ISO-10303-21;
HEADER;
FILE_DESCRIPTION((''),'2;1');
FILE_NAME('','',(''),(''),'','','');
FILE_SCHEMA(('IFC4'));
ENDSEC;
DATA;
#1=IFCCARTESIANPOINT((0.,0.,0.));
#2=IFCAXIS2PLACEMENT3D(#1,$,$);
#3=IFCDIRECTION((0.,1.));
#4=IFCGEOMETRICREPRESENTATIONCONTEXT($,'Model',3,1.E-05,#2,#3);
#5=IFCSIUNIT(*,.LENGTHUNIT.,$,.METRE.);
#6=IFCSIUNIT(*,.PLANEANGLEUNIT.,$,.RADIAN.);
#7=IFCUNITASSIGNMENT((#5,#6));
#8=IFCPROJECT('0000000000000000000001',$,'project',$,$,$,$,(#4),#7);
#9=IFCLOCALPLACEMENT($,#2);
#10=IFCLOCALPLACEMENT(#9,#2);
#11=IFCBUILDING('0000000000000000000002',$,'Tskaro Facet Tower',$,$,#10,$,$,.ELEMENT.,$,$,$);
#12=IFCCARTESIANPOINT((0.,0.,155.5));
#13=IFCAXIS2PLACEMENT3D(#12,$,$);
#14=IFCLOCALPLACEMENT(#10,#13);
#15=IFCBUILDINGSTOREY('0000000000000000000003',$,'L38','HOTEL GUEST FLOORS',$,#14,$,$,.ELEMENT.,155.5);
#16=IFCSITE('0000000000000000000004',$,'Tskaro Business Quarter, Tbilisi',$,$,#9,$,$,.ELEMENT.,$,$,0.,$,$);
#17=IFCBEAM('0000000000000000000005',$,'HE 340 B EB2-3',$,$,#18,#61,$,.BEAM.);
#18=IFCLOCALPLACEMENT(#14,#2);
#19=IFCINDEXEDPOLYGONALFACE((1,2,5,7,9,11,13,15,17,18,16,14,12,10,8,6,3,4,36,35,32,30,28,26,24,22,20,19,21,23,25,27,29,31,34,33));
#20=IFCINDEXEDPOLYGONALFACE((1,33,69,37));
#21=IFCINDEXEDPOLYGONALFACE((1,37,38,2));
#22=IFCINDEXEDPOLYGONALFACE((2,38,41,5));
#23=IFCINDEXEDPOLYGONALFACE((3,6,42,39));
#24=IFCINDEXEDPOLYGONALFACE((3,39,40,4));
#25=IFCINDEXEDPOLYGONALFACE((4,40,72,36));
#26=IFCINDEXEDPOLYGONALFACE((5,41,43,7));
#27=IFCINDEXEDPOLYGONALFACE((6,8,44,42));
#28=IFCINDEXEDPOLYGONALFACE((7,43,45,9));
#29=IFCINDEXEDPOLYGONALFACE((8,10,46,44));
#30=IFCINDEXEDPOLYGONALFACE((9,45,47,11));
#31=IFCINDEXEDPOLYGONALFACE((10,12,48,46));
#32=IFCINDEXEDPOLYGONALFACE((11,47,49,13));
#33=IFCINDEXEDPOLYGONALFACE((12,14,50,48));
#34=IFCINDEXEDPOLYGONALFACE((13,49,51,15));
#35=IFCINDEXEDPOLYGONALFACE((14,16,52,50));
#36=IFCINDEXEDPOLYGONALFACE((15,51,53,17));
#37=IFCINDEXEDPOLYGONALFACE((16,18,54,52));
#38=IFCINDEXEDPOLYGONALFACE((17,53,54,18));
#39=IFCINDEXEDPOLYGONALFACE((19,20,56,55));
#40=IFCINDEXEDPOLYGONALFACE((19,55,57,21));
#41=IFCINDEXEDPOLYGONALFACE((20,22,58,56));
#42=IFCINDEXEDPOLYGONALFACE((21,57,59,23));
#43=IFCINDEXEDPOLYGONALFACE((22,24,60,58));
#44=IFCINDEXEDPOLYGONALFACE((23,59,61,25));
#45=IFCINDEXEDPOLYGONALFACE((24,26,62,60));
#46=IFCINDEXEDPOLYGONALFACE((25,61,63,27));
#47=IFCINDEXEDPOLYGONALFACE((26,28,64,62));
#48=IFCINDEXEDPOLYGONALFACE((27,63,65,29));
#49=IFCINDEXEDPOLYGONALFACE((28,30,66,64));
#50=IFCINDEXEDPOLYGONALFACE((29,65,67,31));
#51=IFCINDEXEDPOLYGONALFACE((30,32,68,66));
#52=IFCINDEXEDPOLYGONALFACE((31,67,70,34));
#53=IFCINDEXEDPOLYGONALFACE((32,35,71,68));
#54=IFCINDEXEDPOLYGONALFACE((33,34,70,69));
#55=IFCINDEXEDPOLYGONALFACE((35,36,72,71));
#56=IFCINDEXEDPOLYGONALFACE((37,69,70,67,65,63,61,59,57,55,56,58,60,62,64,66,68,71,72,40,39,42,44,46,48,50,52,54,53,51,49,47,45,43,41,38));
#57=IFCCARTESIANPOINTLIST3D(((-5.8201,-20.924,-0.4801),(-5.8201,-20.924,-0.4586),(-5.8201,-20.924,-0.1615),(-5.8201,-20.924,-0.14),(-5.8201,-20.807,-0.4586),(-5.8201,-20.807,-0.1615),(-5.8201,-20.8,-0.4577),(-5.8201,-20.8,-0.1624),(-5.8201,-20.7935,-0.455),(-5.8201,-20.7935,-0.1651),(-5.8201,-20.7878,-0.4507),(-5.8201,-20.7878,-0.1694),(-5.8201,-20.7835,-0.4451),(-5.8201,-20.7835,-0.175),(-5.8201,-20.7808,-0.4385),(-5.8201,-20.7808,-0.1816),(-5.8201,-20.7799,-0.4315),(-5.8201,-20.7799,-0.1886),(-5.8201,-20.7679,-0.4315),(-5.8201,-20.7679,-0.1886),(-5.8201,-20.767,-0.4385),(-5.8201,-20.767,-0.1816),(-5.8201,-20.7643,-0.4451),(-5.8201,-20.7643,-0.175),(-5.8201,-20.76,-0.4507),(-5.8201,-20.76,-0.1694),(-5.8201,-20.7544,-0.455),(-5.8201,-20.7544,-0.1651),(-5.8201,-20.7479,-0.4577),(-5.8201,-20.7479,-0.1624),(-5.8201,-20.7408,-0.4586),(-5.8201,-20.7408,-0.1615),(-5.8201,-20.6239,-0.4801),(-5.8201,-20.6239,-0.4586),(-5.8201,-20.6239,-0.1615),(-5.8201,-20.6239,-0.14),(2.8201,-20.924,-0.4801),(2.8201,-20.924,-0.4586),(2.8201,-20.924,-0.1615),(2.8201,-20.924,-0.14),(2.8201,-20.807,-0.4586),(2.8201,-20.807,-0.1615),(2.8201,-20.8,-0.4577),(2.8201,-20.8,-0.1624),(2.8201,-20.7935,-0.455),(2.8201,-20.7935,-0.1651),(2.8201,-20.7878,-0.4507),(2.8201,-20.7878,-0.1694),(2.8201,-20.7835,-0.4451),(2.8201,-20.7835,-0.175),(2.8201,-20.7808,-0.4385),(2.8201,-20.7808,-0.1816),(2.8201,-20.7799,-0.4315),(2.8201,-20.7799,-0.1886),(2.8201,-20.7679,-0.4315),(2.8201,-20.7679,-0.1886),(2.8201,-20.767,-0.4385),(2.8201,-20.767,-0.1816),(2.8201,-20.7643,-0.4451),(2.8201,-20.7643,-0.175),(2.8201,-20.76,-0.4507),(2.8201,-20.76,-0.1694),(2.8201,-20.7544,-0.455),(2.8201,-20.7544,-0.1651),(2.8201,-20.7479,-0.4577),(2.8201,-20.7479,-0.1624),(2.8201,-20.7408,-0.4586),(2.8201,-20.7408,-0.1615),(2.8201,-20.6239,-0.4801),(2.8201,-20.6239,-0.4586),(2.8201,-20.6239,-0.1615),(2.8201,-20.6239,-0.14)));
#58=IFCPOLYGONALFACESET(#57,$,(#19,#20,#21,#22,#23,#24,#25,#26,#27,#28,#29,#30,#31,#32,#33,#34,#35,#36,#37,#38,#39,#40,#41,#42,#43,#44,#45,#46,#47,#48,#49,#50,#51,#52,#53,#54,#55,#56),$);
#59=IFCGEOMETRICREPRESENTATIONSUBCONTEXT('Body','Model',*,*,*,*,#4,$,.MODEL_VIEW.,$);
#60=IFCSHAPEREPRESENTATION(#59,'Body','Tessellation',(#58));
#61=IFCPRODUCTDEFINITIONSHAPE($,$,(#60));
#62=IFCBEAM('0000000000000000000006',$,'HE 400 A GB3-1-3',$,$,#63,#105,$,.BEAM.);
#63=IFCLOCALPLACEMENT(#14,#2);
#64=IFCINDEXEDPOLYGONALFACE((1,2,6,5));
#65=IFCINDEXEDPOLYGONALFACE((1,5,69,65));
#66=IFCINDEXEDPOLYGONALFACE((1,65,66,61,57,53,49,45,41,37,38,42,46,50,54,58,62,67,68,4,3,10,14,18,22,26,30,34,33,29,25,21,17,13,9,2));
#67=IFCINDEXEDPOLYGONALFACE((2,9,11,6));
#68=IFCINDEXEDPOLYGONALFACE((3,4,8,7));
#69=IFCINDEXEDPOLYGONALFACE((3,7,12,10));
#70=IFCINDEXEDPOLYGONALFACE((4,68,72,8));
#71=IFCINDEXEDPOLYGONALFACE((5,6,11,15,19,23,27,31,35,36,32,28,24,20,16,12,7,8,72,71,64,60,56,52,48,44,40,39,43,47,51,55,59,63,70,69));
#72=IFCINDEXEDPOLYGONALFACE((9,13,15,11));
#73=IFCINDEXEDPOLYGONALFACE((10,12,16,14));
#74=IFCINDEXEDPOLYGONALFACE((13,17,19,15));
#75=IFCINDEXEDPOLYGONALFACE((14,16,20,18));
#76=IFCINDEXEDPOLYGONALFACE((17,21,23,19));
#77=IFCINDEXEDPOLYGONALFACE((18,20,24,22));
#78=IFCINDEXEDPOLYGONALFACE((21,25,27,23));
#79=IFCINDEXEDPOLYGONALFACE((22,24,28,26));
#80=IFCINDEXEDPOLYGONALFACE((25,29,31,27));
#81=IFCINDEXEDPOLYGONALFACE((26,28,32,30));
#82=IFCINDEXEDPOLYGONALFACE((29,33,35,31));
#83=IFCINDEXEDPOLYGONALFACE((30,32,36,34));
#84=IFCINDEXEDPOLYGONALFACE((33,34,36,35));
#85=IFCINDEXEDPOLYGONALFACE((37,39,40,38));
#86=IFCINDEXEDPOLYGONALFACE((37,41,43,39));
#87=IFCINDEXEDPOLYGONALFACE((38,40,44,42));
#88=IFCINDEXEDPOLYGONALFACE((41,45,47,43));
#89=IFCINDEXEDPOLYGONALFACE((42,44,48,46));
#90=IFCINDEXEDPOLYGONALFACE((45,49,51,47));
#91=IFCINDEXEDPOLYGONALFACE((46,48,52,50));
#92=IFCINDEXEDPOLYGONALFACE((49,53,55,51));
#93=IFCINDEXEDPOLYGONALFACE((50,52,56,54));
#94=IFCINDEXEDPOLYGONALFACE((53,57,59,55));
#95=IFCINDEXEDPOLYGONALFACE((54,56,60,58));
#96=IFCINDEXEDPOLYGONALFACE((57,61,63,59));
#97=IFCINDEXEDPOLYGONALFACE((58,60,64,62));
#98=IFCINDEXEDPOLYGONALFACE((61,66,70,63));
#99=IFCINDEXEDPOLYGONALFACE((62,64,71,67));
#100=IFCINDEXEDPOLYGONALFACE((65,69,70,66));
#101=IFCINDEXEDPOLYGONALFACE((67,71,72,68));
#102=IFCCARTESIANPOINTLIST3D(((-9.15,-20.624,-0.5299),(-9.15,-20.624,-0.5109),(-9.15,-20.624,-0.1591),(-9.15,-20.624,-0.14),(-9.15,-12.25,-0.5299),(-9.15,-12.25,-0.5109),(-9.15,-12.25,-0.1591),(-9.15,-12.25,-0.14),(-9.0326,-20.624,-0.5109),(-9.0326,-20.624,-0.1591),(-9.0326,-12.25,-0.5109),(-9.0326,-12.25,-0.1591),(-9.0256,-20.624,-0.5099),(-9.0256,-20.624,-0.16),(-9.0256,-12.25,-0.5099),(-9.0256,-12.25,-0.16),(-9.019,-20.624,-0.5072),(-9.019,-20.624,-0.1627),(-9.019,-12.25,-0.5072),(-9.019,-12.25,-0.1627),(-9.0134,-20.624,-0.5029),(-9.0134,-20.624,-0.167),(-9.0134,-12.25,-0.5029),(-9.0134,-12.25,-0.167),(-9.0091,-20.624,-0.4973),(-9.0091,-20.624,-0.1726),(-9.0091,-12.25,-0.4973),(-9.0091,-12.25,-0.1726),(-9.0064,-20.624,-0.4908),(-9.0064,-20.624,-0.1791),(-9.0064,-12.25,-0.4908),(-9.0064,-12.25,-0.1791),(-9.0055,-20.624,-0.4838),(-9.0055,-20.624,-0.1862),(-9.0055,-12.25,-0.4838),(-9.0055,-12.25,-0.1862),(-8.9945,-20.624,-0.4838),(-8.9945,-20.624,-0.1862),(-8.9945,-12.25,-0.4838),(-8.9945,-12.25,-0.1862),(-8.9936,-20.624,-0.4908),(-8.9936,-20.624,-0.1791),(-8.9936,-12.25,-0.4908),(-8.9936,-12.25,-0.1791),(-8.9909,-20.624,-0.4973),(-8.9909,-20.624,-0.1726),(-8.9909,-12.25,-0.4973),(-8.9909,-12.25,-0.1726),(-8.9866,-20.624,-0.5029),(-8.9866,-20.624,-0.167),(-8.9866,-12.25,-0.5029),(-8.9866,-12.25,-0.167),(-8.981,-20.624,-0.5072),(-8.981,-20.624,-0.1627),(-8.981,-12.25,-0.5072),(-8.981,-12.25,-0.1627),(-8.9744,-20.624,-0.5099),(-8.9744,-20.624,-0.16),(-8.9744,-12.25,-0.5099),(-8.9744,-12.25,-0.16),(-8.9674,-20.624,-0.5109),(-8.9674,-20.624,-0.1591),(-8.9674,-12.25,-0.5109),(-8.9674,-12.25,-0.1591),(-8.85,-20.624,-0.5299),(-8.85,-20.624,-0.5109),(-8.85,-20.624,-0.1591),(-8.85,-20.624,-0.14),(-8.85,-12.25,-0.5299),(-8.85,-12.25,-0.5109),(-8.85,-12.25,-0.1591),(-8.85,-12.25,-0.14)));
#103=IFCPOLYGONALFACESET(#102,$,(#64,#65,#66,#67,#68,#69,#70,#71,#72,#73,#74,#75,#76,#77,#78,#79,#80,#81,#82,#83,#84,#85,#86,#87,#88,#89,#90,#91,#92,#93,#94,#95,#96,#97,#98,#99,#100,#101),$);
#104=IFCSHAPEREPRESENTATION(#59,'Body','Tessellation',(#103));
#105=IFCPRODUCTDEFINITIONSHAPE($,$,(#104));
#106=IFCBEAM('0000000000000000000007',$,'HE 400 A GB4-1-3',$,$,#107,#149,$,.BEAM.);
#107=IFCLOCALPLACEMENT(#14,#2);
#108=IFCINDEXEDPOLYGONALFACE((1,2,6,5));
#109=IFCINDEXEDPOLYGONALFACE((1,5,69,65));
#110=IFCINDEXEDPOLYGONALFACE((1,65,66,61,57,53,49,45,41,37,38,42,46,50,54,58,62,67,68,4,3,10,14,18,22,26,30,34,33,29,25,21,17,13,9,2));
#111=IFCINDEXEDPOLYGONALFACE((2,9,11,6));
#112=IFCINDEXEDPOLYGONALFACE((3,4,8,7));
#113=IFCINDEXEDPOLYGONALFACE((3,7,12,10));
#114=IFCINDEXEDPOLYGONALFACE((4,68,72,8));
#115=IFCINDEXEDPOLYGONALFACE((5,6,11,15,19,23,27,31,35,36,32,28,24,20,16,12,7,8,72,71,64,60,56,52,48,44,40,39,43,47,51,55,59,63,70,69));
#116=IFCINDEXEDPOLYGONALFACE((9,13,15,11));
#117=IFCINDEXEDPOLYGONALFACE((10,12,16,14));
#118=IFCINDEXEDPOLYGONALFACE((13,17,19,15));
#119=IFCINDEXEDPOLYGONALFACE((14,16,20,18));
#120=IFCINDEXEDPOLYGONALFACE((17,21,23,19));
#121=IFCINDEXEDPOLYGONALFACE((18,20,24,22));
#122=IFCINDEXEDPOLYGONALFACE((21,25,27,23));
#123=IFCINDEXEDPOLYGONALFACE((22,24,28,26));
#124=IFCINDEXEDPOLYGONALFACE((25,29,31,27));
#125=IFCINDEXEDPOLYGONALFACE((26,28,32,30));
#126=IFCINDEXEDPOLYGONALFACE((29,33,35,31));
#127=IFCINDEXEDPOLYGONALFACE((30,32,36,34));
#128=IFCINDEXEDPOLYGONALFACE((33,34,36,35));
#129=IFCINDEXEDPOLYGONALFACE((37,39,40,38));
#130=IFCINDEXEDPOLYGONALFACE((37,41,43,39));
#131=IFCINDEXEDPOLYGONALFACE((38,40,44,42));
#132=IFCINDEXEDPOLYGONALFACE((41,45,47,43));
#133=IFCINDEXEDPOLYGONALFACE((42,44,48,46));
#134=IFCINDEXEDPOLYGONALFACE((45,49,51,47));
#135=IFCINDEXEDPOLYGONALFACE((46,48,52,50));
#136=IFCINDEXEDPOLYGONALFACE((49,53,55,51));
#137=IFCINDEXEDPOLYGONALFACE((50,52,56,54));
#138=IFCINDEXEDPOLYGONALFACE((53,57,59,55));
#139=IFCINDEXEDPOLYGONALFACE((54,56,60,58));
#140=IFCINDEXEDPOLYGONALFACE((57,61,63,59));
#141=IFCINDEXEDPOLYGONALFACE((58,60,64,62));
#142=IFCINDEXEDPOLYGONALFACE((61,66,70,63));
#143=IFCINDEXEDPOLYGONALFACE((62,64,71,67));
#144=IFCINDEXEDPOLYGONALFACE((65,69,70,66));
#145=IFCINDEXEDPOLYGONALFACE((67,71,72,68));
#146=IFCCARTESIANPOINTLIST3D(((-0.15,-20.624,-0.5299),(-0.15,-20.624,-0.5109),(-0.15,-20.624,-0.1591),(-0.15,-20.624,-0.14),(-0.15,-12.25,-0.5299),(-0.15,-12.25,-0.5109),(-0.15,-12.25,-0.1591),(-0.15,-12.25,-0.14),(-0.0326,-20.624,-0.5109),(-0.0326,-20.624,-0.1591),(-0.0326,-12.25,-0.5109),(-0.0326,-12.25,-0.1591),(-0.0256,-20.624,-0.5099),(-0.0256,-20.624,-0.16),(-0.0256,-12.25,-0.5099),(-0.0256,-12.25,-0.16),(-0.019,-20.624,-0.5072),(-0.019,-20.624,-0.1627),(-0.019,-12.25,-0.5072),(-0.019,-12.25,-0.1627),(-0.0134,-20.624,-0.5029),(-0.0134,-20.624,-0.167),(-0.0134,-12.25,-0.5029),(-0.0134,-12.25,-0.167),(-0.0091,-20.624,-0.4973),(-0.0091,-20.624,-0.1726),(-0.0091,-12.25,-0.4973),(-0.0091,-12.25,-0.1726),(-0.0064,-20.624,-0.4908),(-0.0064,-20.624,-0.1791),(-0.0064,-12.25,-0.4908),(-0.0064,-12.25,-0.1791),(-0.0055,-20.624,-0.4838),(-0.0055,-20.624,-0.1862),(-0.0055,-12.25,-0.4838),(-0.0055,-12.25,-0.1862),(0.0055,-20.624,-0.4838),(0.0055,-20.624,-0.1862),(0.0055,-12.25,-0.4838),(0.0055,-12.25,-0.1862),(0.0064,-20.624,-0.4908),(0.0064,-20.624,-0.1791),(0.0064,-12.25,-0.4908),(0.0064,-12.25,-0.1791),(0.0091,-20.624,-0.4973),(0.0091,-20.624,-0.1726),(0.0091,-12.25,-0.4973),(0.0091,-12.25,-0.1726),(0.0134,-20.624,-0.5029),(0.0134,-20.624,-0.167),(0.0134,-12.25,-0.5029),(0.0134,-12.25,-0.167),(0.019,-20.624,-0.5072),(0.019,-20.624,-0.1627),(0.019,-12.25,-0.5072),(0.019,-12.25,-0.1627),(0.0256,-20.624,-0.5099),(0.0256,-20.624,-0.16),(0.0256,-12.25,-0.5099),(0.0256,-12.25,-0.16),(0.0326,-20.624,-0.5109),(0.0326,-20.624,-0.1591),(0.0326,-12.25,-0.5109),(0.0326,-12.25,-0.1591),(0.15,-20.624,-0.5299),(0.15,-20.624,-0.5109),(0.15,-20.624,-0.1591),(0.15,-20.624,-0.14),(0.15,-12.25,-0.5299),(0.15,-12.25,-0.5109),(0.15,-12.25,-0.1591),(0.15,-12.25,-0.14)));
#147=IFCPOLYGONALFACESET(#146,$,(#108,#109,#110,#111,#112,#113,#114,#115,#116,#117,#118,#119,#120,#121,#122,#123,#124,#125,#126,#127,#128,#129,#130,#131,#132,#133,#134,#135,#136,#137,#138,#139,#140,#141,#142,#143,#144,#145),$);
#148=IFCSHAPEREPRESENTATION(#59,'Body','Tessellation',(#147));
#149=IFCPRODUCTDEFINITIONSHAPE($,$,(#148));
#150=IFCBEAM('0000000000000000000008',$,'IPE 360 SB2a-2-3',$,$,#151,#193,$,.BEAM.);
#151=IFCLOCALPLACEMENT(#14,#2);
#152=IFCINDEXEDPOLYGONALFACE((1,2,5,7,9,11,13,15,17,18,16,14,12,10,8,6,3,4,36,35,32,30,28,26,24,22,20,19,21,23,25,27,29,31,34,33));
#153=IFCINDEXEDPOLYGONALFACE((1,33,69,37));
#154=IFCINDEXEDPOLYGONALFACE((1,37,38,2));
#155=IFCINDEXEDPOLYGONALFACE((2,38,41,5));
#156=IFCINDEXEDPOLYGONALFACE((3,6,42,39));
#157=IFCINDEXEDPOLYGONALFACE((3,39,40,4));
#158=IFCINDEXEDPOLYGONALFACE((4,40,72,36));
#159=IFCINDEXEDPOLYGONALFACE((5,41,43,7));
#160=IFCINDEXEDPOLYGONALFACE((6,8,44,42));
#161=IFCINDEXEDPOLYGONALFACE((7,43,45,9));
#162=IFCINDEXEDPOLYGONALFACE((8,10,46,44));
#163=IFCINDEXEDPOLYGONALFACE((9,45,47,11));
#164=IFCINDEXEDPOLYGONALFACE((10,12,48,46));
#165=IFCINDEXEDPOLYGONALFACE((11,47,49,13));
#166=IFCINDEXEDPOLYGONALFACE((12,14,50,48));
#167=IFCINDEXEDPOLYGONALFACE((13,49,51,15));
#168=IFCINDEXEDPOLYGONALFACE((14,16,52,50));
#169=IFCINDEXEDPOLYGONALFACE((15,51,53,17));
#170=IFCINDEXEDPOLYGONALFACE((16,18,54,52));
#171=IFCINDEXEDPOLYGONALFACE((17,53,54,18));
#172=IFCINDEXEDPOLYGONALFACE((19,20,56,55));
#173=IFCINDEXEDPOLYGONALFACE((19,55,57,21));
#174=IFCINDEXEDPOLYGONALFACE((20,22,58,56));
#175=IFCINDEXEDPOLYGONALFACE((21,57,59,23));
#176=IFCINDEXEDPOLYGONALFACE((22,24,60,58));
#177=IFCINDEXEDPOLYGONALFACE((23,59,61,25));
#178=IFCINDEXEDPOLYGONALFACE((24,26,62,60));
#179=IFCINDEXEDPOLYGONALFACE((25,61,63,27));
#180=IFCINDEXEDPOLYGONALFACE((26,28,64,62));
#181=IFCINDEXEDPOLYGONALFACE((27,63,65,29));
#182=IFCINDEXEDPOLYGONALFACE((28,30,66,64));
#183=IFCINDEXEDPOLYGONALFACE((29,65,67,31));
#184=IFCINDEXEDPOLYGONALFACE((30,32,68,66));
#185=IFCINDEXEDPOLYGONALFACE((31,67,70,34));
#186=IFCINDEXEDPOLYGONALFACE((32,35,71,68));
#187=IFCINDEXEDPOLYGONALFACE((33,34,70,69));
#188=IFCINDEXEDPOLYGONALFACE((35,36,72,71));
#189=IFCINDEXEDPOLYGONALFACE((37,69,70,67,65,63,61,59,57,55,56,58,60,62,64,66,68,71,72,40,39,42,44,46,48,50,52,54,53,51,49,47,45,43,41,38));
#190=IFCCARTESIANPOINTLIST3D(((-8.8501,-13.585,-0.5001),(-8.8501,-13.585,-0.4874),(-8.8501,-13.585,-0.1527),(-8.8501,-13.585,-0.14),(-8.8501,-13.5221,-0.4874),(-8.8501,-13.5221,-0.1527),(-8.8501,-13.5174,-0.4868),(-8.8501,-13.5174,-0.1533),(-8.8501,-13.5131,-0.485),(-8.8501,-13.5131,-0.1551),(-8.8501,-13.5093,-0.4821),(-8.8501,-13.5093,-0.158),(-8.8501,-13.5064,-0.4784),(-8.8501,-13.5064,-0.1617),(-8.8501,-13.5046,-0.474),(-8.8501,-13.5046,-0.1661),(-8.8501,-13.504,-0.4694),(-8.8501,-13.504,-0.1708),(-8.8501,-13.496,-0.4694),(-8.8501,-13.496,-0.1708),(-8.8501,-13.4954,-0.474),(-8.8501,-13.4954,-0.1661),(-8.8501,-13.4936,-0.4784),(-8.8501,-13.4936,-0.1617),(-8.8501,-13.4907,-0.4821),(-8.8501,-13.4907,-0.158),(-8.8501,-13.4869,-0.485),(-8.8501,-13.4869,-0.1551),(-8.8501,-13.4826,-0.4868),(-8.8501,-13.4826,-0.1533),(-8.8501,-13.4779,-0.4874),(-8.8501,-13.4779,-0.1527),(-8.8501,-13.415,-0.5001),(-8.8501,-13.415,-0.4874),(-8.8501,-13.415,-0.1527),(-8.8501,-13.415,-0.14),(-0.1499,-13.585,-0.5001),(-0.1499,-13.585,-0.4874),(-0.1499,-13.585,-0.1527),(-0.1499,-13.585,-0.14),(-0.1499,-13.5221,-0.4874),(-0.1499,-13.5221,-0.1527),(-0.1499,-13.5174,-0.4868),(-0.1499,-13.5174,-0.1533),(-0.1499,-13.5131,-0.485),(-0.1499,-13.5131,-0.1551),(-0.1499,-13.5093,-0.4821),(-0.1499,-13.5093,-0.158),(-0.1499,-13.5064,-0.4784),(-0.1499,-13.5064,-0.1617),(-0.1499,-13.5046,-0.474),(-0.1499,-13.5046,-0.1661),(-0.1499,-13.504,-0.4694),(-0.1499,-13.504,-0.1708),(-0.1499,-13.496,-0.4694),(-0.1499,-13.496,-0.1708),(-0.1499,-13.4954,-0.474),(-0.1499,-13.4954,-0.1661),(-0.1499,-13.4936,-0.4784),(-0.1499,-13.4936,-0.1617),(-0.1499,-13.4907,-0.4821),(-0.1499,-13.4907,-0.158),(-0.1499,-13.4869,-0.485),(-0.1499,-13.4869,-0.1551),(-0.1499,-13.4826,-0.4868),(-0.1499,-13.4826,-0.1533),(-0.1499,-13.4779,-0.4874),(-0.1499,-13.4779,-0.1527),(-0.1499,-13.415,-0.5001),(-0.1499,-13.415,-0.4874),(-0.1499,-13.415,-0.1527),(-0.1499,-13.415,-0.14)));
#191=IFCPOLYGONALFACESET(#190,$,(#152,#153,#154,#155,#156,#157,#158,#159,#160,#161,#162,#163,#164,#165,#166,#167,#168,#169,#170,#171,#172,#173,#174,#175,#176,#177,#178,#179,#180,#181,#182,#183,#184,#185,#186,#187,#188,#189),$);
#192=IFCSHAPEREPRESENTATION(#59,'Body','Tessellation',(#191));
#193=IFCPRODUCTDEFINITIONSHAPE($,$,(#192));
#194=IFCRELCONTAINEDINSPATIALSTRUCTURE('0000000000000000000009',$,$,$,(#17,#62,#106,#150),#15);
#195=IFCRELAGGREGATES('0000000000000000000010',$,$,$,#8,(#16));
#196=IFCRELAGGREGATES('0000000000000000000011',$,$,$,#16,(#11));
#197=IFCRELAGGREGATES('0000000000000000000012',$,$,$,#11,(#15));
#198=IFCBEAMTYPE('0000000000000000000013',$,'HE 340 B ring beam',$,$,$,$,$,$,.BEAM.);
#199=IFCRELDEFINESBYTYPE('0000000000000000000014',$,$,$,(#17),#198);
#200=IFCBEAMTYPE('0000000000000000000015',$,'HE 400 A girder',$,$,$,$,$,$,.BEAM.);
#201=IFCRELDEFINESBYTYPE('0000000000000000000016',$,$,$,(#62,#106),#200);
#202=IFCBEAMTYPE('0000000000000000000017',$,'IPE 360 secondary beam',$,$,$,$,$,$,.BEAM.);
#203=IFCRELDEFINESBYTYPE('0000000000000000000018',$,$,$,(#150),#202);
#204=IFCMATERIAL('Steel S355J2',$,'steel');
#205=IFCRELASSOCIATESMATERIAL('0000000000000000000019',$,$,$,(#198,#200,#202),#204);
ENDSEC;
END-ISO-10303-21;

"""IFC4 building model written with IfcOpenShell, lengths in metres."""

from ifc_helpers import new_model, si_unit, direction, frame, origin, origin_2d, place, context, subcontext, project, spatial, i_section, extrude, material, material_profile, profile_set, type_object, element, save


model = new_model("IFC4")

# Units and contexts
model_context = context("Model", 3, precision=1e-05, world=origin(), true_north=direction((0.0, 1.0)))
body_context = subcontext(model_context, "Body", "Model", "MODEL_VIEW")
ifc_project = project(units=[si_unit("LENGTHUNIT", "METRE"), si_unit("PLANEANGLEUNIT", "RADIAN")], contexts=[model_context])

# Site, building, storey
site_placement = place(None, origin())
site = spatial("IfcSite", under=ifc_project, at=site_placement, Name="Tskaro Business Quarter, Tbilisi", CompositionType="ELEMENT", RefElevation=0.0)
building_placement = place(site_placement, origin())
building = spatial("IfcBuilding", under=site, at=building_placement, Name="Tskaro Facet Tower", CompositionType="ELEMENT")
storey_placement = place(building_placement, frame((0.0, 0.0, 155.5)))
storey = spatial("IfcBuildingStorey", under=building, at=storey_placement, Name="L38", Description="HOTEL GUEST FLOORS", CompositionType="ELEMENT", Elevation=155.5)

# Beams
ifc_material_1 = material(Name="Steel S355J2", Category="steel")
ifc_material_profile_1 = material_profile(ifc_material_1, i_section(OverallWidth=0.3, OverallDepth=0.3401, WebThickness=0.012, FlangeThickness=0.0215, FilletRadius=0.0271, at=origin_2d()), Name="HE 340 B")
ifc_profile_set_1 = profile_set([ifc_material_profile_1], Name="Steel S355J2")
beam_type_1 = type_object("IfcBeamType", Name="HE 340 B ring beam", PredefinedType="BEAM", material=ifc_profile_set_1)
beam_placement = place(storey_placement, frame((-5.8201, -20.7739, -0.3101), z_axis=(1.0, 0.0, 0.0), x_axis=(0.0, 1.0, 0.0)))
element("IfcBeam", 1, at=beam_placement, inside=storey, type_object=beam_type_1, Name="HE 340 B EB2-3", PredefinedType="BEAM", context=body_context, shape_type="SweptSolid", body=[
    extrude(i_section(OverallWidth=0.3, OverallDepth=0.3401, WebThickness=0.012, FlangeThickness=0.0215, FilletRadius=0.0271, at=origin_2d()), origin(), (0.0, 0.0, 1.0), 8.6401),
])
ifc_material_profile_2 = material_profile(ifc_material_1, i_section(OverallWidth=0.3, OverallDepth=0.3899, WebThickness=0.011, FlangeThickness=0.019, FilletRadius=0.0271, at=origin_2d()), Name="HE 400 A")
ifc_profile_set_2 = profile_set([ifc_material_profile_2], Name="Steel S355J2")
beam_type_2 = type_object("IfcBeamType", Name="HE 400 A girder", PredefinedType="BEAM", material=ifc_profile_set_2)
for number, where, z_axis, x_axis, name in (
    (2, (-9.0, -20.624, -0.335), (0.0, 1.0, 0.0), (-1.0, 0.0, 0.0), "HE 400 A GB3-1-3"),
    (3, (0.0, -20.624, -0.335), (0.0, 1.0, 0.0), (-1.0, 0.0, 0.0), "HE 400 A GB4-1-3"),
):
    element("IfcBeam", number, at=place(storey_placement, frame(where, z_axis=z_axis, x_axis=x_axis)), inside=storey, type_object=beam_type_2, Name=name, PredefinedType="BEAM", context=body_context, shape_type="SweptSolid", body=[
        extrude(i_section(OverallWidth=0.3, OverallDepth=0.3899, WebThickness=0.011, FlangeThickness=0.019, FilletRadius=0.0271, at=origin_2d()), origin(), (0.0, 0.0, 1.0), 8.374),
    ])
ifc_material_profile_3 = material_profile(ifc_material_1, i_section(OverallWidth=0.1699, OverallDepth=0.3601, WebThickness=0.0081, FlangeThickness=0.0127, FilletRadius=0.0181, at=origin_2d()), Name="IPE 360")
ifc_profile_set_3 = profile_set([ifc_material_profile_3], Name="Steel S355J2")
beam_type_3 = type_object("IfcBeamType", Name="IPE 360 secondary beam", PredefinedType="BEAM", material=ifc_profile_set_3)
for number, where, z_axis, x_axis, name in (
    (4, (-8.8501, -13.5, -0.3201), (1.0, 0.0, 0.0), (0.0, 1.0, 0.0), "IPE 360 SB2a-2-3"),
):
    element("IfcBeam", number, at=place(storey_placement, frame(where, z_axis=z_axis, x_axis=x_axis)), inside=storey, type_object=beam_type_3, Name=name, PredefinedType="BEAM", context=body_context, shape_type="SweptSolid", body=[
        extrude(i_section(OverallWidth=0.1699, OverallDepth=0.3601, WebThickness=0.0081, FlangeThickness=0.0127, FilletRadius=0.0181, at=origin_2d()), origin(), (0.0, 0.0, 1.0), 8.7002),
    ])

save(model, "model.ifc")
